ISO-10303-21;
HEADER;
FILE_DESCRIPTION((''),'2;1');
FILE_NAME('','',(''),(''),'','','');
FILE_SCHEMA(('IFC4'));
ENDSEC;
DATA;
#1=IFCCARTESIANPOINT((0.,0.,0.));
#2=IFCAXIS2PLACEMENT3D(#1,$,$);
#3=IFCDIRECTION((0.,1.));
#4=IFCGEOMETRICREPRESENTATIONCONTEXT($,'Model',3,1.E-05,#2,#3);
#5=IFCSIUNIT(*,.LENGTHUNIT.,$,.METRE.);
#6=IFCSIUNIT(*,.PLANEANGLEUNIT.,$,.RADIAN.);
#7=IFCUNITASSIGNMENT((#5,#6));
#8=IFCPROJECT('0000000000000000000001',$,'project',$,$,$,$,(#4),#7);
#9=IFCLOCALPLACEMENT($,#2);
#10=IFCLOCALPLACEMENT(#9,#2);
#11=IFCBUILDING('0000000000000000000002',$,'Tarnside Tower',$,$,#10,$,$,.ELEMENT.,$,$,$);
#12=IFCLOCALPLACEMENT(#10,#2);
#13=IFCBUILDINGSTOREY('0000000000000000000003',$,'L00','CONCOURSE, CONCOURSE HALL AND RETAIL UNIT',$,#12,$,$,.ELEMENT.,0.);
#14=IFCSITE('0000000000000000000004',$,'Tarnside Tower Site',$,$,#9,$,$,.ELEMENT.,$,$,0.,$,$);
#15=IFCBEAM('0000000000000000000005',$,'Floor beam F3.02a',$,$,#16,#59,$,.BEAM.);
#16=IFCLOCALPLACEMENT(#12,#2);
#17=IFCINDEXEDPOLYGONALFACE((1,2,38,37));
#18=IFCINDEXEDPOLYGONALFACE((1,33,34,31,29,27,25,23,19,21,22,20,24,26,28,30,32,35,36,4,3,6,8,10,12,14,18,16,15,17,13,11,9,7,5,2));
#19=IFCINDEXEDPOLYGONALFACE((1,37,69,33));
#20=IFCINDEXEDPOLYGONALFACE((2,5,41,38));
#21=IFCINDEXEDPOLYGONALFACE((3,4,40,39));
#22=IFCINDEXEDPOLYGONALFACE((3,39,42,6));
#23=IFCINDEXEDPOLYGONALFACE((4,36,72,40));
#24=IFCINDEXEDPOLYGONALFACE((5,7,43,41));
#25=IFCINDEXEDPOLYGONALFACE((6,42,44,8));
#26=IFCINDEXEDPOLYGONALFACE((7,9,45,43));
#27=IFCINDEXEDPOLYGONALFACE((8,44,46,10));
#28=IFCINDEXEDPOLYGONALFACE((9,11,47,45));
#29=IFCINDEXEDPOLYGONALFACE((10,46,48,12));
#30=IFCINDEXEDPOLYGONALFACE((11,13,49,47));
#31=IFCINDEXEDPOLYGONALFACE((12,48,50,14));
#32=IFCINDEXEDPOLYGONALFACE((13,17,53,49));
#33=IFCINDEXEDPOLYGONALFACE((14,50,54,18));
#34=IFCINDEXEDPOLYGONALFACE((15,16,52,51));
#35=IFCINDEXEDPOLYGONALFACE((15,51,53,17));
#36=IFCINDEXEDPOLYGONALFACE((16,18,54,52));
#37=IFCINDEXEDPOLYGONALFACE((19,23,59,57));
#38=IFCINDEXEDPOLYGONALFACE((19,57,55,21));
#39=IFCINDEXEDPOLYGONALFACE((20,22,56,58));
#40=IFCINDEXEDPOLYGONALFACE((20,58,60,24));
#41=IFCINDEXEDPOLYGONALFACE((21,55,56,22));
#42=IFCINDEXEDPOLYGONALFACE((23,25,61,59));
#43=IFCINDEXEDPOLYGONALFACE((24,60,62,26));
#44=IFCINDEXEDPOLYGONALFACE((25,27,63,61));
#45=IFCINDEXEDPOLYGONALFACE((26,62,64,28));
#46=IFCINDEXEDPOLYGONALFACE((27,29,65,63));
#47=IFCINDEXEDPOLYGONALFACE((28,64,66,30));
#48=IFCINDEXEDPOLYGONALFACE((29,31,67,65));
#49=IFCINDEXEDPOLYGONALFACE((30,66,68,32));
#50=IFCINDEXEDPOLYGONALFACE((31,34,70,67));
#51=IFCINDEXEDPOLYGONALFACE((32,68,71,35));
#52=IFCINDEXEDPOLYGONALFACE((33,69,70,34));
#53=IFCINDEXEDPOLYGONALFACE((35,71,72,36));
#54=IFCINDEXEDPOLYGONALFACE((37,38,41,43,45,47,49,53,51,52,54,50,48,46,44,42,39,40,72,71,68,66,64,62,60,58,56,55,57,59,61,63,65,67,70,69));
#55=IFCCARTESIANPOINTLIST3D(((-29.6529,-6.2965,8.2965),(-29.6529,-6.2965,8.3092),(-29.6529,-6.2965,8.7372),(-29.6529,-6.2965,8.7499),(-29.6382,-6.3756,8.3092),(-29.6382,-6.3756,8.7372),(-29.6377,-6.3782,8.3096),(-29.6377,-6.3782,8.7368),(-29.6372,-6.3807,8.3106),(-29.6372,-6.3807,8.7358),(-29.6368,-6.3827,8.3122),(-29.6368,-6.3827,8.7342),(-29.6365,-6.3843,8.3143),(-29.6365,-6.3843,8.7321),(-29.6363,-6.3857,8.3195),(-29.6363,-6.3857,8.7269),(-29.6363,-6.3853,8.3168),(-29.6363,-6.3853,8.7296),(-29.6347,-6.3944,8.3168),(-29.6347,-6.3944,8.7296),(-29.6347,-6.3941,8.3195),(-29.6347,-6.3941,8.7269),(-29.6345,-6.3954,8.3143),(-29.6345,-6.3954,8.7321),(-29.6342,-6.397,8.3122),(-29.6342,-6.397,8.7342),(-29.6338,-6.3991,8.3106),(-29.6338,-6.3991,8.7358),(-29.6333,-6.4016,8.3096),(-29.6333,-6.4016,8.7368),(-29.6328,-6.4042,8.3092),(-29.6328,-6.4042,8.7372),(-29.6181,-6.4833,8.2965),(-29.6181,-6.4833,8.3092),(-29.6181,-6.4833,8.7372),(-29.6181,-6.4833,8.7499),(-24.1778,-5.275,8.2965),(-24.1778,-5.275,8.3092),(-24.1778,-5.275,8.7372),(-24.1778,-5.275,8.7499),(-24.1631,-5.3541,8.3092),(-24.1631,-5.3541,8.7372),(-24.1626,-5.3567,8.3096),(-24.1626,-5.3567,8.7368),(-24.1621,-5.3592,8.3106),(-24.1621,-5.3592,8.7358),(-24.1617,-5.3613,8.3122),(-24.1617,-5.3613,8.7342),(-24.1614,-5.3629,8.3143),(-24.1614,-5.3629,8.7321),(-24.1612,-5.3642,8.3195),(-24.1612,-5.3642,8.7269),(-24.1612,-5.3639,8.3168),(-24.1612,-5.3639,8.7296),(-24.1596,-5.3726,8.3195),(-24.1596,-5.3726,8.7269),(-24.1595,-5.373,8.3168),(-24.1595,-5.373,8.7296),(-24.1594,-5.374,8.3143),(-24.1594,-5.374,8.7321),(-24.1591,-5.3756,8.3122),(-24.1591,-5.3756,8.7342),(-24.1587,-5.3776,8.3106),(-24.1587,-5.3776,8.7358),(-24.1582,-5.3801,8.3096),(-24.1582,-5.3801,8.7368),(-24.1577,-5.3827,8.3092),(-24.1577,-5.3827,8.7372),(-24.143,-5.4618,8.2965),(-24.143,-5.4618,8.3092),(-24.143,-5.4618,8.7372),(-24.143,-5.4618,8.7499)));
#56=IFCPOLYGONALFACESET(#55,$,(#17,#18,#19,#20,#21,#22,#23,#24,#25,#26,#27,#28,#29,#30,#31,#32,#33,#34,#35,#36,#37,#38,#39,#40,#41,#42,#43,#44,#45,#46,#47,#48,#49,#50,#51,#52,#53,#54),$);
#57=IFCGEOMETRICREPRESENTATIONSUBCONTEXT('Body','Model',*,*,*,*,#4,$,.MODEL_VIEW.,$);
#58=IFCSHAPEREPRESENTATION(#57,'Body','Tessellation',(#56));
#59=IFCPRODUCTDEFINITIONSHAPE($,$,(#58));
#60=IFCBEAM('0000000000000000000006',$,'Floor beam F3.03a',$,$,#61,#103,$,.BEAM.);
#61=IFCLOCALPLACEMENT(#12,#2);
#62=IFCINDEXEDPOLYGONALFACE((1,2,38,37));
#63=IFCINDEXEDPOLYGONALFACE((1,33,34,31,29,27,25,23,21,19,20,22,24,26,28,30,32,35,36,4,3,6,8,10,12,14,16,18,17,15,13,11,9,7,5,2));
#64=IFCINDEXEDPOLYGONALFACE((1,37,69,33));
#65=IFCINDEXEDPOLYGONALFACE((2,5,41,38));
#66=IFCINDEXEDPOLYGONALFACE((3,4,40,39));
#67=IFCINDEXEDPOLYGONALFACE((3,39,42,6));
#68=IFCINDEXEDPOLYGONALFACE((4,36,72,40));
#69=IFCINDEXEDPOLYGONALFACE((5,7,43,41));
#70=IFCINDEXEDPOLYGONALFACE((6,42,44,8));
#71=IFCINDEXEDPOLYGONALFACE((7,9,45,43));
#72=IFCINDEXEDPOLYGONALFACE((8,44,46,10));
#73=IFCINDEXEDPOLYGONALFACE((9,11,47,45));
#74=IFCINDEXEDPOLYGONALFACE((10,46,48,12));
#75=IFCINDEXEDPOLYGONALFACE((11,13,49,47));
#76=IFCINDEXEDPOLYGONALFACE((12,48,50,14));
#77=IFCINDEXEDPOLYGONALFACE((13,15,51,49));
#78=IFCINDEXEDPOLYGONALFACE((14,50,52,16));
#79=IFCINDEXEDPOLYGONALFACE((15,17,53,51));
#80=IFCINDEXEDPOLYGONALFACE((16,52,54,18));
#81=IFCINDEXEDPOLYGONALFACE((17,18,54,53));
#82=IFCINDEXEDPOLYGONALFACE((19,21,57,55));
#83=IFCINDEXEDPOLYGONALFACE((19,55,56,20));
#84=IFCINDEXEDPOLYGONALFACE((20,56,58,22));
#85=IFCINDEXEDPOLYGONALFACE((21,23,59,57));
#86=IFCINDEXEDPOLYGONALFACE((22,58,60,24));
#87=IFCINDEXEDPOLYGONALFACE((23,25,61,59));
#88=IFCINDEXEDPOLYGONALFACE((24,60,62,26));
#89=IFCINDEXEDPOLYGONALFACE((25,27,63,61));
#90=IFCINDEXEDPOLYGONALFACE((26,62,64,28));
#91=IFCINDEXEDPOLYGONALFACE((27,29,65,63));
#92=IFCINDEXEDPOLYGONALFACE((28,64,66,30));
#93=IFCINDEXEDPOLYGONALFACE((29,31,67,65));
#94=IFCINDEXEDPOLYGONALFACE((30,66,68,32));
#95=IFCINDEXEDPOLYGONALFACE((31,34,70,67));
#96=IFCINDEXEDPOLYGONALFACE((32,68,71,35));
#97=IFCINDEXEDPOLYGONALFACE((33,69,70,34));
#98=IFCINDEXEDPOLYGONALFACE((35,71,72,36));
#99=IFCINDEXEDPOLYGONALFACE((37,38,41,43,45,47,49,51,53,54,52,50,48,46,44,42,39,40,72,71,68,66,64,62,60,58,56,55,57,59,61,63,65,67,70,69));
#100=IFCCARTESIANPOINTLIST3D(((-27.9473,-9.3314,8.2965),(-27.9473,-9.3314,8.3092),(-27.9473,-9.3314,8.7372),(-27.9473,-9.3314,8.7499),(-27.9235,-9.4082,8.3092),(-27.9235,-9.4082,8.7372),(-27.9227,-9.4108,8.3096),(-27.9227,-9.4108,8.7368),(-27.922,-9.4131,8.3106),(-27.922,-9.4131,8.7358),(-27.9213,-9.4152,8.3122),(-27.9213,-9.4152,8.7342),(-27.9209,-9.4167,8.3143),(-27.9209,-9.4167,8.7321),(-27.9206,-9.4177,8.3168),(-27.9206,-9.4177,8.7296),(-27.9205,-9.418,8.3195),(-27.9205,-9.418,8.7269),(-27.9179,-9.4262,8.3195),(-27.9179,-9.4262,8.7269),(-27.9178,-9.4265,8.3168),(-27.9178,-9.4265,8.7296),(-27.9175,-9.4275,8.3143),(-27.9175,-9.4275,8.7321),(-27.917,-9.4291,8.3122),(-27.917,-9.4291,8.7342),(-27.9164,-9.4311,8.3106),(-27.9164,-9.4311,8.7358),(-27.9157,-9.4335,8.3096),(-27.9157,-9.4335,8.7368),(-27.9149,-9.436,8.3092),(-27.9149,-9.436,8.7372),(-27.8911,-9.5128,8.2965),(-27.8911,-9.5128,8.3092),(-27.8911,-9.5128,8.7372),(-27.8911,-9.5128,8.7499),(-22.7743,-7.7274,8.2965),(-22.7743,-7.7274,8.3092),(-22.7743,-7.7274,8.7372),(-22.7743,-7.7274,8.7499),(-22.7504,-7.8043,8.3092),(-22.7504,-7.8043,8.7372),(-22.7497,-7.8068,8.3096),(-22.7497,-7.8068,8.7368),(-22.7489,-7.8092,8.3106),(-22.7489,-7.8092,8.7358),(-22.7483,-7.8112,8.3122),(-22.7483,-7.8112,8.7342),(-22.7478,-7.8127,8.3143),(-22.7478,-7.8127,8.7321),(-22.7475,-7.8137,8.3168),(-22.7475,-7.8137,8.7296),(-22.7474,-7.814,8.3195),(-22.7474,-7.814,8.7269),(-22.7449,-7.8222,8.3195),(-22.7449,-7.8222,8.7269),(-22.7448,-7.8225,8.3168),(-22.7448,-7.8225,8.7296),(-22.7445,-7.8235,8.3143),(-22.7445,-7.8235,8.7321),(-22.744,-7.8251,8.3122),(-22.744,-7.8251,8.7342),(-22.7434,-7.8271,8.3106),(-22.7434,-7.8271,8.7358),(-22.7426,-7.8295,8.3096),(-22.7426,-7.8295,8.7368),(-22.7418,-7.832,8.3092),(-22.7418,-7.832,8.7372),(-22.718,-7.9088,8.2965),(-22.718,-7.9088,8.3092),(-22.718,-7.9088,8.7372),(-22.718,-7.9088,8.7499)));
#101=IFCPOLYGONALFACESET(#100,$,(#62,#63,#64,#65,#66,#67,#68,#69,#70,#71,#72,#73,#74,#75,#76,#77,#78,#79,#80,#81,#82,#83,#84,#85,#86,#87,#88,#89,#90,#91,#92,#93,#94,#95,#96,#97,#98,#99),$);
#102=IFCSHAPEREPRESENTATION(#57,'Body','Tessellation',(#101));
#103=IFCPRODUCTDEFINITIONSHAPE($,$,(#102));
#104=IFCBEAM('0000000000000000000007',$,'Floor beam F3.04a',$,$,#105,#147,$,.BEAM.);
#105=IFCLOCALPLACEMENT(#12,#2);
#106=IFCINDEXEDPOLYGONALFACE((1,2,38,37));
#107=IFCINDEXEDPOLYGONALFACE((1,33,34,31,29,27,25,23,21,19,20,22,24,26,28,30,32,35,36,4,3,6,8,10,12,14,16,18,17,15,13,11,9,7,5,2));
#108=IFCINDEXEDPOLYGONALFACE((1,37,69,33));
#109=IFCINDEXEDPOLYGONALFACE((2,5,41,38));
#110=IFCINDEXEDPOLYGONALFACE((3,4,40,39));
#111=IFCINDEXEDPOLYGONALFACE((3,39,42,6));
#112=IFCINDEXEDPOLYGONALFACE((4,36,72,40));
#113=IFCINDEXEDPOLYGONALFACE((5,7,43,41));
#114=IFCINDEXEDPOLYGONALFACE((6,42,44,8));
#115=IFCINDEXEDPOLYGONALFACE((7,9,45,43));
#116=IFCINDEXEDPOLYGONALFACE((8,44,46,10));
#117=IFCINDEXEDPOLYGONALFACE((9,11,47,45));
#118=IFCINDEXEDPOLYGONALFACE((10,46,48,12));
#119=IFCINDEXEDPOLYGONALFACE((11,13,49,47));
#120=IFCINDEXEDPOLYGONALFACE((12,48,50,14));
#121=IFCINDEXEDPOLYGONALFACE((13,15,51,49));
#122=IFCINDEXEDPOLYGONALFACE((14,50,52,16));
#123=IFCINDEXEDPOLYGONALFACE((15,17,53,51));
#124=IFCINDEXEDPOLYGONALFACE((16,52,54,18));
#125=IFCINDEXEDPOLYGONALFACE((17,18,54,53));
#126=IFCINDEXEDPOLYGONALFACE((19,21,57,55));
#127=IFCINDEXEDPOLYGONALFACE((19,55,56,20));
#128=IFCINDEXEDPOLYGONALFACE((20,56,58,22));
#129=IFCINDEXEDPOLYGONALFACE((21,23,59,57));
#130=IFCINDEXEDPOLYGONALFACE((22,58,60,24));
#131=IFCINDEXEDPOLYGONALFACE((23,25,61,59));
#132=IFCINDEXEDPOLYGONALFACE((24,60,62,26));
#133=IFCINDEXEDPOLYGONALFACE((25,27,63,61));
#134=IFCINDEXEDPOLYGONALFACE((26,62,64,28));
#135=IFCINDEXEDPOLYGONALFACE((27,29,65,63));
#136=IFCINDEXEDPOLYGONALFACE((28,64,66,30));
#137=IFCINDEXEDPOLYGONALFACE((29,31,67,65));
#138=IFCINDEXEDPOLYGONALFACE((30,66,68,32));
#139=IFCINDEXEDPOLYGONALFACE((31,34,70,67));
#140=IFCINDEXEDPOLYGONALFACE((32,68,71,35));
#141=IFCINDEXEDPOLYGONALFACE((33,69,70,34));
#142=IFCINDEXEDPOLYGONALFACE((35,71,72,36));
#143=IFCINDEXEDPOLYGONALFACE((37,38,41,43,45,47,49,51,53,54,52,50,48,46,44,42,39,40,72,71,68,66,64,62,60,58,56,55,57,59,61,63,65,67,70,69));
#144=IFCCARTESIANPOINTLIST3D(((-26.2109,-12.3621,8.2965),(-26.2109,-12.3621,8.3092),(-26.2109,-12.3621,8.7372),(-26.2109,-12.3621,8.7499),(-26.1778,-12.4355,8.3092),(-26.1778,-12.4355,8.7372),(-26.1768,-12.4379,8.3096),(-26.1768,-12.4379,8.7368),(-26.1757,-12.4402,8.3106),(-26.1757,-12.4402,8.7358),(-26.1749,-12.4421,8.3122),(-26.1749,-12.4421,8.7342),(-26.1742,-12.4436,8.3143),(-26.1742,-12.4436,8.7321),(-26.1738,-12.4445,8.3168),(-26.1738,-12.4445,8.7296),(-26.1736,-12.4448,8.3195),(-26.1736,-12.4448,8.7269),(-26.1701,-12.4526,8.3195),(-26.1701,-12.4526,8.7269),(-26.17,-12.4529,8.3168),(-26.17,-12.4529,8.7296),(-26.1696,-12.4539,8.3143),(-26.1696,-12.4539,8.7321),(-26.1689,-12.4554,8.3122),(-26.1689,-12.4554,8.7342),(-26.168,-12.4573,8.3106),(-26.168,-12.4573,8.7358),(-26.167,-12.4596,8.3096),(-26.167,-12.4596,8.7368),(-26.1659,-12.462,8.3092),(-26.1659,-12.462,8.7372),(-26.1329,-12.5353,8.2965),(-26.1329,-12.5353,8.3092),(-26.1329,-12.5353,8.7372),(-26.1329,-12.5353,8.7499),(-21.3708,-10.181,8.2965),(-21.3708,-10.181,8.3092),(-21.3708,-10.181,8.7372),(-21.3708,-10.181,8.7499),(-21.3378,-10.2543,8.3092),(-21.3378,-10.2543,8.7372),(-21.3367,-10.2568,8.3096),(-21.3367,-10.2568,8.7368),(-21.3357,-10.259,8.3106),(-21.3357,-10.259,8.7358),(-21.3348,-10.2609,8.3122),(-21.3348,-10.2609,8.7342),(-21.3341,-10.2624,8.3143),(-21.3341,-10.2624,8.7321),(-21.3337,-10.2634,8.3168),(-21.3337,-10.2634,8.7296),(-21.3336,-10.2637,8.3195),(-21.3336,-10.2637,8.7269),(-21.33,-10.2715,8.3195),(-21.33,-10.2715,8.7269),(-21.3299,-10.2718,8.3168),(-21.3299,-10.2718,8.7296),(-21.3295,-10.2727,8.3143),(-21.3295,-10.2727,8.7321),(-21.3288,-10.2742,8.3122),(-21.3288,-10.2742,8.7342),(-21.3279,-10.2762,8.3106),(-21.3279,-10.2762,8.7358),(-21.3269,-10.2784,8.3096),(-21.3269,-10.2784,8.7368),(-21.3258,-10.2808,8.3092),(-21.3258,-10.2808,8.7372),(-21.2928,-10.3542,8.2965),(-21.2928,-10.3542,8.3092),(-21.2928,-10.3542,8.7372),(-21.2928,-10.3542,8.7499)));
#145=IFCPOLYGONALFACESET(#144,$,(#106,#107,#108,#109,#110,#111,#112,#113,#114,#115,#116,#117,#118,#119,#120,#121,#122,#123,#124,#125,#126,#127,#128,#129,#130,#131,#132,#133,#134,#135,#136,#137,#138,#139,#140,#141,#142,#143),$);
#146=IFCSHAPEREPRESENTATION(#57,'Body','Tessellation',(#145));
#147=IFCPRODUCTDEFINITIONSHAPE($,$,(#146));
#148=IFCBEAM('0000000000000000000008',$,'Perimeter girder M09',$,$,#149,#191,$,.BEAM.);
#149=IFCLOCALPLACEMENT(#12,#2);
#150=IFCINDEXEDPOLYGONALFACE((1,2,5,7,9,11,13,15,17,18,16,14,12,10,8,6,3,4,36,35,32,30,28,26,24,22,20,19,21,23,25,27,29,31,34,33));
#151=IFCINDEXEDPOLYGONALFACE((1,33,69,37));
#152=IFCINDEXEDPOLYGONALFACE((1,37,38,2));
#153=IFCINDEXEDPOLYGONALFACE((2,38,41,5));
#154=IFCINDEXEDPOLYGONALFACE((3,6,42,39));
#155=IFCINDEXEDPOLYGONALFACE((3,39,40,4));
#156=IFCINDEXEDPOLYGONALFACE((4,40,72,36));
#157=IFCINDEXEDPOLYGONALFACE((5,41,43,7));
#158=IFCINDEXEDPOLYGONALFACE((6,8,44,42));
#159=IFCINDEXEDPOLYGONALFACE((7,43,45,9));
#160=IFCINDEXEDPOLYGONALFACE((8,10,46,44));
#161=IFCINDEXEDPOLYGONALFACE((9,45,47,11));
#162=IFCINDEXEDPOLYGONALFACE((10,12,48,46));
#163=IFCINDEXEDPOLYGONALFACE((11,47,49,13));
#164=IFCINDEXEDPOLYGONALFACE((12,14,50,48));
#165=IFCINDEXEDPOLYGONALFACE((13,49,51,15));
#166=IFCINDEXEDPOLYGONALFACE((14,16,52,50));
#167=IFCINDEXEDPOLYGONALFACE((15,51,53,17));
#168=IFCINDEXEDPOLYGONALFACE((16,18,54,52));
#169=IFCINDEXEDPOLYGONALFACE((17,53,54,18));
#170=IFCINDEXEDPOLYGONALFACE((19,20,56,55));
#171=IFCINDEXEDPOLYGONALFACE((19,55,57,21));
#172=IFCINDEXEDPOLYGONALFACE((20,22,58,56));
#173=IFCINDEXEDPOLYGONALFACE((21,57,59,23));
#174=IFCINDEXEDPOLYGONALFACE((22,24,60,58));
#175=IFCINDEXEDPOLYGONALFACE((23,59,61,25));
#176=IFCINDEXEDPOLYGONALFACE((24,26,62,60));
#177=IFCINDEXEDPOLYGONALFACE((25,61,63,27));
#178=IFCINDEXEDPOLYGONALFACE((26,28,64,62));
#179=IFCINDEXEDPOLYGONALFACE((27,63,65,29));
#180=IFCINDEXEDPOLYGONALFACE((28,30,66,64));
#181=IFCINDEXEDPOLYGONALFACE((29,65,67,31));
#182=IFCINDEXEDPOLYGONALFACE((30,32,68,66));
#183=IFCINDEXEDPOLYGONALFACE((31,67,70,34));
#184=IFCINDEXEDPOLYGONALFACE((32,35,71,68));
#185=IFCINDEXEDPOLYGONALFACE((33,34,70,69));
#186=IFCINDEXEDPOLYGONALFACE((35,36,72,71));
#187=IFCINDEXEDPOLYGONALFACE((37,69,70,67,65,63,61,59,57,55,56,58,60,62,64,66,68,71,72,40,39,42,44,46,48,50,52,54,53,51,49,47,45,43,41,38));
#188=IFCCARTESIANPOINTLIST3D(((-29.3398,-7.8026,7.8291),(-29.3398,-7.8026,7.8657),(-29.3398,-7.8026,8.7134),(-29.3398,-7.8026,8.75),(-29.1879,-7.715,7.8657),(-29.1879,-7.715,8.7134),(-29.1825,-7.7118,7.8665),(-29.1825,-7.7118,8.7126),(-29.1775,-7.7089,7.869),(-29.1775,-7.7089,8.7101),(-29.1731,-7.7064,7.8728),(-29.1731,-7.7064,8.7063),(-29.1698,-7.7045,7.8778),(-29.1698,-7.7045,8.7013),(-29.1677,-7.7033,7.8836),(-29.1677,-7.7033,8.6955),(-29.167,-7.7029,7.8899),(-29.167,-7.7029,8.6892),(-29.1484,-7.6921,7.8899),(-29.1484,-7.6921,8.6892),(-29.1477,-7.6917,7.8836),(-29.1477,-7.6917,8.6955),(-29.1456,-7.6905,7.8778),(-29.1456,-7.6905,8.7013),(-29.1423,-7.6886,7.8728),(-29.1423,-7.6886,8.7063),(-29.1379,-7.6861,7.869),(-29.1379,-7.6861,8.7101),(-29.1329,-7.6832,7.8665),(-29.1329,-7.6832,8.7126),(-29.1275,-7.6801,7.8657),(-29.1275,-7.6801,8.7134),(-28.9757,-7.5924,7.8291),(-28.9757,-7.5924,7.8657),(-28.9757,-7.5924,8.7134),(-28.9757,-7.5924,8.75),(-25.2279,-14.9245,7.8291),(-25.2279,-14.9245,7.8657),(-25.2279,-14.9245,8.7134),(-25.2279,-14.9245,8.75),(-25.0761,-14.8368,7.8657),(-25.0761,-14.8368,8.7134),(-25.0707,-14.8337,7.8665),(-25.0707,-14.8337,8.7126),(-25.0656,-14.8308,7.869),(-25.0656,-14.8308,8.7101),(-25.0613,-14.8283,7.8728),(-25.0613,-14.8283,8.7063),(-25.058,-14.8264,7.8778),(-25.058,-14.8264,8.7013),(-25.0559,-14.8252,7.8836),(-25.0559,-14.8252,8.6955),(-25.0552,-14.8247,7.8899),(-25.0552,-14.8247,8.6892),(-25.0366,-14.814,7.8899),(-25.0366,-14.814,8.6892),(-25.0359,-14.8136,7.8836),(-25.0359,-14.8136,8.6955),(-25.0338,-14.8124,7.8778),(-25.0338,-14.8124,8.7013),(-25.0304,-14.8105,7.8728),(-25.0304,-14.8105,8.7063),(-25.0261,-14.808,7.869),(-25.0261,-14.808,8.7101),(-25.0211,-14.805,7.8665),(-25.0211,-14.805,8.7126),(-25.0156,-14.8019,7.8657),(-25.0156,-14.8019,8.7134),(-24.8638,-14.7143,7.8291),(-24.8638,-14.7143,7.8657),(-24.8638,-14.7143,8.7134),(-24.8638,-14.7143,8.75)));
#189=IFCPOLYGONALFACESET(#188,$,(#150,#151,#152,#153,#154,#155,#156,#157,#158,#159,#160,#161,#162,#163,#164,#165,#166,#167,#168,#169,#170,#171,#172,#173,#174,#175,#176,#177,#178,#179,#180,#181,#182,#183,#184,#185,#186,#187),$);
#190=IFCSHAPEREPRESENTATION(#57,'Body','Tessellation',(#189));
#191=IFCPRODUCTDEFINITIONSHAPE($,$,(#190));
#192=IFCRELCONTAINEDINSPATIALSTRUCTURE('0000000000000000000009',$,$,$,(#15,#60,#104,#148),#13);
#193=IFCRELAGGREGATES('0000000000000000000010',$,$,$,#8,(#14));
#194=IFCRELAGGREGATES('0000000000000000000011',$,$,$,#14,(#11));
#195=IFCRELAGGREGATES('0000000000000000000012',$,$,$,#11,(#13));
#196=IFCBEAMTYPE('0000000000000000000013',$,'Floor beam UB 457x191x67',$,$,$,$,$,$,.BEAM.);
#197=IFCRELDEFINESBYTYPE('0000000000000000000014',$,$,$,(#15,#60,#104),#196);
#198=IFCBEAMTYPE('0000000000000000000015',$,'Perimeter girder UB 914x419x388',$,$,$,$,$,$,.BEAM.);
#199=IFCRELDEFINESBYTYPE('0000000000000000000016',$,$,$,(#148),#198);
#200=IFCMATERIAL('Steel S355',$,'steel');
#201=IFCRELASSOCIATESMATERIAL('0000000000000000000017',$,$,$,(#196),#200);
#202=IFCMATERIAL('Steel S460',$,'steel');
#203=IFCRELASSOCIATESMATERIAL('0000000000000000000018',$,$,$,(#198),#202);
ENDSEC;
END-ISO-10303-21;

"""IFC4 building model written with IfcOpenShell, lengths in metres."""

from ifc_helpers import new_model, si_unit, direction, frame, origin, origin_2d, place, context, subcontext, project, spatial, i_section, extrude, material, material_profile, profile_set, type_object, element, save


model = new_model("IFC4")

# Units and contexts
model_context = context("Model", 3, precision=1e-05, world=origin(), true_north=direction((0.0, 1.0)))
body_context = subcontext(model_context, "Body", "Model", "MODEL_VIEW")
ifc_project = project(units=[si_unit("LENGTHUNIT", "METRE"), si_unit("PLANEANGLEUNIT", "RADIAN")], contexts=[model_context])

# Site, building, storey
site_placement = place(None, origin())
site = spatial("IfcSite", under=ifc_project, at=site_placement, Name="Tarnside Tower Site", CompositionType="ELEMENT", RefElevation=0.0)
building_placement = place(site_placement, origin())
building = spatial("IfcBuilding", under=site, at=building_placement, Name="Tarnside Tower", CompositionType="ELEMENT")
storey_placement = place(building_placement, origin())
storey = spatial("IfcBuildingStorey", under=building, at=storey_placement, Name="L00", Description="CONCOURSE, CONCOURSE HALL AND RETAIL UNIT", CompositionType="ELEMENT", Elevation=0.0)

# Beams
ifc_material_1 = material(Name="Steel S355", Category="steel")
ifc_material_profile_1 = material_profile(ifc_material_1, i_section(OverallWidth=0.1899, OverallDepth=0.4534, WebThickness=0.0085, FlangeThickness=0.0127, FilletRadius=0.0103, at=origin_2d()), Name="UB 457x191x67")
ifc_profile_set_1 = profile_set([ifc_material_profile_1], Name="Steel S355")
beam_type_1 = type_object("IfcBeamType", Name="Floor beam UB 457x191x67", PredefinedType="BEAM", material=ifc_profile_set_1)
beam_1_placement = place(storey_placement, frame((-29.6355, -6.3899, 8.5232), z_axis=(0.983038, 0.183404, 0.0), x_axis=(-0.183404, 0.983038, 0.0)))
element("IfcBeam", 1, at=beam_1_placement, inside=storey, type_object=beam_type_1, Name="Floor beam F3.02a", PredefinedType="BEAM", context=body_context, shape_type="SweptSolid", body=[
    extrude(i_section(OverallWidth=0.1899, OverallDepth=0.4534, WebThickness=0.0085, FlangeThickness=0.0127, FilletRadius=0.0103, at=origin_2d()), origin(), (0.0, 0.0, 1.0), 5.5696),
])
beam_2_placement = place(storey_placement, frame((-27.9192, -9.4221, 8.5232), z_axis=(0.955139, 0.296157, 0.0), x_axis=(-0.296157, 0.955139, 0.0)))
element("IfcBeam", 2, at=beam_2_placement, inside=storey, type_object=beam_type_1, Name="Floor beam F3.03a", PredefinedType="BEAM", context=body_context, shape_type="SweptSolid", body=[
    extrude(i_section(OverallWidth=0.1899, OverallDepth=0.4534, WebThickness=0.0085, FlangeThickness=0.0127, FilletRadius=0.0103, at=origin_2d()), origin(), (0.0, 0.0, 1.0), 5.416),
])
beam_3_placement = place(storey_placement, frame((-26.1719, -12.4487, 8.5232), z_axis=(0.911702, 0.410852, 0.0), x_axis=(-0.410852, 0.911702, 0.0)))
element("IfcBeam", 3, at=beam_3_placement, inside=storey, type_object=beam_type_1, Name="Floor beam F3.04a", PredefinedType="BEAM", context=body_context, shape_type="SweptSolid", body=[
    extrude(i_section(OverallWidth=0.1899, OverallDepth=0.4534, WebThickness=0.0085, FlangeThickness=0.0127, FilletRadius=0.0103, at=origin_2d()), origin(), (0.0, 0.0, 1.0), 5.3088),
])
ifc_material_2 = material(Name="Steel S460", Category="steel")
ifc_material_profile_2 = material_profile(ifc_material_2, i_section(OverallWidth=0.4204, OverallDepth=0.9209, WebThickness=0.0215, FlangeThickness=0.0366, FilletRadius=0.0242, at=origin_2d()), Name="UB 914x419x388")
ifc_profile_set_2 = profile_set([ifc_material_profile_2], Name="Steel S460")
beam_type_2 = type_object("IfcBeamType", Name="Perimeter girder UB 914x419x388", PredefinedType="BEAM", material=ifc_profile_set_2)
beam_4_placement = place(storey_placement, frame((-29.1577, -7.6975, 8.2896), z_axis=(0.500003, -0.866024, 0.0), x_axis=(0.866024, 0.500003, 0.0)))
element("IfcBeam", 4, at=beam_4_placement, inside=storey, type_object=beam_type_2, Name="Perimeter girder M09", PredefinedType="BEAM", context=body_context, shape_type="SweptSolid", body=[
    extrude(i_section(OverallWidth=0.4204, OverallDepth=0.9209, WebThickness=0.0215, FlangeThickness=0.0366, FilletRadius=0.0242, at=origin_2d()), origin(), (0.0, 0.0, 1.0), 8.2236),
])

save(model, "model.ifc")
